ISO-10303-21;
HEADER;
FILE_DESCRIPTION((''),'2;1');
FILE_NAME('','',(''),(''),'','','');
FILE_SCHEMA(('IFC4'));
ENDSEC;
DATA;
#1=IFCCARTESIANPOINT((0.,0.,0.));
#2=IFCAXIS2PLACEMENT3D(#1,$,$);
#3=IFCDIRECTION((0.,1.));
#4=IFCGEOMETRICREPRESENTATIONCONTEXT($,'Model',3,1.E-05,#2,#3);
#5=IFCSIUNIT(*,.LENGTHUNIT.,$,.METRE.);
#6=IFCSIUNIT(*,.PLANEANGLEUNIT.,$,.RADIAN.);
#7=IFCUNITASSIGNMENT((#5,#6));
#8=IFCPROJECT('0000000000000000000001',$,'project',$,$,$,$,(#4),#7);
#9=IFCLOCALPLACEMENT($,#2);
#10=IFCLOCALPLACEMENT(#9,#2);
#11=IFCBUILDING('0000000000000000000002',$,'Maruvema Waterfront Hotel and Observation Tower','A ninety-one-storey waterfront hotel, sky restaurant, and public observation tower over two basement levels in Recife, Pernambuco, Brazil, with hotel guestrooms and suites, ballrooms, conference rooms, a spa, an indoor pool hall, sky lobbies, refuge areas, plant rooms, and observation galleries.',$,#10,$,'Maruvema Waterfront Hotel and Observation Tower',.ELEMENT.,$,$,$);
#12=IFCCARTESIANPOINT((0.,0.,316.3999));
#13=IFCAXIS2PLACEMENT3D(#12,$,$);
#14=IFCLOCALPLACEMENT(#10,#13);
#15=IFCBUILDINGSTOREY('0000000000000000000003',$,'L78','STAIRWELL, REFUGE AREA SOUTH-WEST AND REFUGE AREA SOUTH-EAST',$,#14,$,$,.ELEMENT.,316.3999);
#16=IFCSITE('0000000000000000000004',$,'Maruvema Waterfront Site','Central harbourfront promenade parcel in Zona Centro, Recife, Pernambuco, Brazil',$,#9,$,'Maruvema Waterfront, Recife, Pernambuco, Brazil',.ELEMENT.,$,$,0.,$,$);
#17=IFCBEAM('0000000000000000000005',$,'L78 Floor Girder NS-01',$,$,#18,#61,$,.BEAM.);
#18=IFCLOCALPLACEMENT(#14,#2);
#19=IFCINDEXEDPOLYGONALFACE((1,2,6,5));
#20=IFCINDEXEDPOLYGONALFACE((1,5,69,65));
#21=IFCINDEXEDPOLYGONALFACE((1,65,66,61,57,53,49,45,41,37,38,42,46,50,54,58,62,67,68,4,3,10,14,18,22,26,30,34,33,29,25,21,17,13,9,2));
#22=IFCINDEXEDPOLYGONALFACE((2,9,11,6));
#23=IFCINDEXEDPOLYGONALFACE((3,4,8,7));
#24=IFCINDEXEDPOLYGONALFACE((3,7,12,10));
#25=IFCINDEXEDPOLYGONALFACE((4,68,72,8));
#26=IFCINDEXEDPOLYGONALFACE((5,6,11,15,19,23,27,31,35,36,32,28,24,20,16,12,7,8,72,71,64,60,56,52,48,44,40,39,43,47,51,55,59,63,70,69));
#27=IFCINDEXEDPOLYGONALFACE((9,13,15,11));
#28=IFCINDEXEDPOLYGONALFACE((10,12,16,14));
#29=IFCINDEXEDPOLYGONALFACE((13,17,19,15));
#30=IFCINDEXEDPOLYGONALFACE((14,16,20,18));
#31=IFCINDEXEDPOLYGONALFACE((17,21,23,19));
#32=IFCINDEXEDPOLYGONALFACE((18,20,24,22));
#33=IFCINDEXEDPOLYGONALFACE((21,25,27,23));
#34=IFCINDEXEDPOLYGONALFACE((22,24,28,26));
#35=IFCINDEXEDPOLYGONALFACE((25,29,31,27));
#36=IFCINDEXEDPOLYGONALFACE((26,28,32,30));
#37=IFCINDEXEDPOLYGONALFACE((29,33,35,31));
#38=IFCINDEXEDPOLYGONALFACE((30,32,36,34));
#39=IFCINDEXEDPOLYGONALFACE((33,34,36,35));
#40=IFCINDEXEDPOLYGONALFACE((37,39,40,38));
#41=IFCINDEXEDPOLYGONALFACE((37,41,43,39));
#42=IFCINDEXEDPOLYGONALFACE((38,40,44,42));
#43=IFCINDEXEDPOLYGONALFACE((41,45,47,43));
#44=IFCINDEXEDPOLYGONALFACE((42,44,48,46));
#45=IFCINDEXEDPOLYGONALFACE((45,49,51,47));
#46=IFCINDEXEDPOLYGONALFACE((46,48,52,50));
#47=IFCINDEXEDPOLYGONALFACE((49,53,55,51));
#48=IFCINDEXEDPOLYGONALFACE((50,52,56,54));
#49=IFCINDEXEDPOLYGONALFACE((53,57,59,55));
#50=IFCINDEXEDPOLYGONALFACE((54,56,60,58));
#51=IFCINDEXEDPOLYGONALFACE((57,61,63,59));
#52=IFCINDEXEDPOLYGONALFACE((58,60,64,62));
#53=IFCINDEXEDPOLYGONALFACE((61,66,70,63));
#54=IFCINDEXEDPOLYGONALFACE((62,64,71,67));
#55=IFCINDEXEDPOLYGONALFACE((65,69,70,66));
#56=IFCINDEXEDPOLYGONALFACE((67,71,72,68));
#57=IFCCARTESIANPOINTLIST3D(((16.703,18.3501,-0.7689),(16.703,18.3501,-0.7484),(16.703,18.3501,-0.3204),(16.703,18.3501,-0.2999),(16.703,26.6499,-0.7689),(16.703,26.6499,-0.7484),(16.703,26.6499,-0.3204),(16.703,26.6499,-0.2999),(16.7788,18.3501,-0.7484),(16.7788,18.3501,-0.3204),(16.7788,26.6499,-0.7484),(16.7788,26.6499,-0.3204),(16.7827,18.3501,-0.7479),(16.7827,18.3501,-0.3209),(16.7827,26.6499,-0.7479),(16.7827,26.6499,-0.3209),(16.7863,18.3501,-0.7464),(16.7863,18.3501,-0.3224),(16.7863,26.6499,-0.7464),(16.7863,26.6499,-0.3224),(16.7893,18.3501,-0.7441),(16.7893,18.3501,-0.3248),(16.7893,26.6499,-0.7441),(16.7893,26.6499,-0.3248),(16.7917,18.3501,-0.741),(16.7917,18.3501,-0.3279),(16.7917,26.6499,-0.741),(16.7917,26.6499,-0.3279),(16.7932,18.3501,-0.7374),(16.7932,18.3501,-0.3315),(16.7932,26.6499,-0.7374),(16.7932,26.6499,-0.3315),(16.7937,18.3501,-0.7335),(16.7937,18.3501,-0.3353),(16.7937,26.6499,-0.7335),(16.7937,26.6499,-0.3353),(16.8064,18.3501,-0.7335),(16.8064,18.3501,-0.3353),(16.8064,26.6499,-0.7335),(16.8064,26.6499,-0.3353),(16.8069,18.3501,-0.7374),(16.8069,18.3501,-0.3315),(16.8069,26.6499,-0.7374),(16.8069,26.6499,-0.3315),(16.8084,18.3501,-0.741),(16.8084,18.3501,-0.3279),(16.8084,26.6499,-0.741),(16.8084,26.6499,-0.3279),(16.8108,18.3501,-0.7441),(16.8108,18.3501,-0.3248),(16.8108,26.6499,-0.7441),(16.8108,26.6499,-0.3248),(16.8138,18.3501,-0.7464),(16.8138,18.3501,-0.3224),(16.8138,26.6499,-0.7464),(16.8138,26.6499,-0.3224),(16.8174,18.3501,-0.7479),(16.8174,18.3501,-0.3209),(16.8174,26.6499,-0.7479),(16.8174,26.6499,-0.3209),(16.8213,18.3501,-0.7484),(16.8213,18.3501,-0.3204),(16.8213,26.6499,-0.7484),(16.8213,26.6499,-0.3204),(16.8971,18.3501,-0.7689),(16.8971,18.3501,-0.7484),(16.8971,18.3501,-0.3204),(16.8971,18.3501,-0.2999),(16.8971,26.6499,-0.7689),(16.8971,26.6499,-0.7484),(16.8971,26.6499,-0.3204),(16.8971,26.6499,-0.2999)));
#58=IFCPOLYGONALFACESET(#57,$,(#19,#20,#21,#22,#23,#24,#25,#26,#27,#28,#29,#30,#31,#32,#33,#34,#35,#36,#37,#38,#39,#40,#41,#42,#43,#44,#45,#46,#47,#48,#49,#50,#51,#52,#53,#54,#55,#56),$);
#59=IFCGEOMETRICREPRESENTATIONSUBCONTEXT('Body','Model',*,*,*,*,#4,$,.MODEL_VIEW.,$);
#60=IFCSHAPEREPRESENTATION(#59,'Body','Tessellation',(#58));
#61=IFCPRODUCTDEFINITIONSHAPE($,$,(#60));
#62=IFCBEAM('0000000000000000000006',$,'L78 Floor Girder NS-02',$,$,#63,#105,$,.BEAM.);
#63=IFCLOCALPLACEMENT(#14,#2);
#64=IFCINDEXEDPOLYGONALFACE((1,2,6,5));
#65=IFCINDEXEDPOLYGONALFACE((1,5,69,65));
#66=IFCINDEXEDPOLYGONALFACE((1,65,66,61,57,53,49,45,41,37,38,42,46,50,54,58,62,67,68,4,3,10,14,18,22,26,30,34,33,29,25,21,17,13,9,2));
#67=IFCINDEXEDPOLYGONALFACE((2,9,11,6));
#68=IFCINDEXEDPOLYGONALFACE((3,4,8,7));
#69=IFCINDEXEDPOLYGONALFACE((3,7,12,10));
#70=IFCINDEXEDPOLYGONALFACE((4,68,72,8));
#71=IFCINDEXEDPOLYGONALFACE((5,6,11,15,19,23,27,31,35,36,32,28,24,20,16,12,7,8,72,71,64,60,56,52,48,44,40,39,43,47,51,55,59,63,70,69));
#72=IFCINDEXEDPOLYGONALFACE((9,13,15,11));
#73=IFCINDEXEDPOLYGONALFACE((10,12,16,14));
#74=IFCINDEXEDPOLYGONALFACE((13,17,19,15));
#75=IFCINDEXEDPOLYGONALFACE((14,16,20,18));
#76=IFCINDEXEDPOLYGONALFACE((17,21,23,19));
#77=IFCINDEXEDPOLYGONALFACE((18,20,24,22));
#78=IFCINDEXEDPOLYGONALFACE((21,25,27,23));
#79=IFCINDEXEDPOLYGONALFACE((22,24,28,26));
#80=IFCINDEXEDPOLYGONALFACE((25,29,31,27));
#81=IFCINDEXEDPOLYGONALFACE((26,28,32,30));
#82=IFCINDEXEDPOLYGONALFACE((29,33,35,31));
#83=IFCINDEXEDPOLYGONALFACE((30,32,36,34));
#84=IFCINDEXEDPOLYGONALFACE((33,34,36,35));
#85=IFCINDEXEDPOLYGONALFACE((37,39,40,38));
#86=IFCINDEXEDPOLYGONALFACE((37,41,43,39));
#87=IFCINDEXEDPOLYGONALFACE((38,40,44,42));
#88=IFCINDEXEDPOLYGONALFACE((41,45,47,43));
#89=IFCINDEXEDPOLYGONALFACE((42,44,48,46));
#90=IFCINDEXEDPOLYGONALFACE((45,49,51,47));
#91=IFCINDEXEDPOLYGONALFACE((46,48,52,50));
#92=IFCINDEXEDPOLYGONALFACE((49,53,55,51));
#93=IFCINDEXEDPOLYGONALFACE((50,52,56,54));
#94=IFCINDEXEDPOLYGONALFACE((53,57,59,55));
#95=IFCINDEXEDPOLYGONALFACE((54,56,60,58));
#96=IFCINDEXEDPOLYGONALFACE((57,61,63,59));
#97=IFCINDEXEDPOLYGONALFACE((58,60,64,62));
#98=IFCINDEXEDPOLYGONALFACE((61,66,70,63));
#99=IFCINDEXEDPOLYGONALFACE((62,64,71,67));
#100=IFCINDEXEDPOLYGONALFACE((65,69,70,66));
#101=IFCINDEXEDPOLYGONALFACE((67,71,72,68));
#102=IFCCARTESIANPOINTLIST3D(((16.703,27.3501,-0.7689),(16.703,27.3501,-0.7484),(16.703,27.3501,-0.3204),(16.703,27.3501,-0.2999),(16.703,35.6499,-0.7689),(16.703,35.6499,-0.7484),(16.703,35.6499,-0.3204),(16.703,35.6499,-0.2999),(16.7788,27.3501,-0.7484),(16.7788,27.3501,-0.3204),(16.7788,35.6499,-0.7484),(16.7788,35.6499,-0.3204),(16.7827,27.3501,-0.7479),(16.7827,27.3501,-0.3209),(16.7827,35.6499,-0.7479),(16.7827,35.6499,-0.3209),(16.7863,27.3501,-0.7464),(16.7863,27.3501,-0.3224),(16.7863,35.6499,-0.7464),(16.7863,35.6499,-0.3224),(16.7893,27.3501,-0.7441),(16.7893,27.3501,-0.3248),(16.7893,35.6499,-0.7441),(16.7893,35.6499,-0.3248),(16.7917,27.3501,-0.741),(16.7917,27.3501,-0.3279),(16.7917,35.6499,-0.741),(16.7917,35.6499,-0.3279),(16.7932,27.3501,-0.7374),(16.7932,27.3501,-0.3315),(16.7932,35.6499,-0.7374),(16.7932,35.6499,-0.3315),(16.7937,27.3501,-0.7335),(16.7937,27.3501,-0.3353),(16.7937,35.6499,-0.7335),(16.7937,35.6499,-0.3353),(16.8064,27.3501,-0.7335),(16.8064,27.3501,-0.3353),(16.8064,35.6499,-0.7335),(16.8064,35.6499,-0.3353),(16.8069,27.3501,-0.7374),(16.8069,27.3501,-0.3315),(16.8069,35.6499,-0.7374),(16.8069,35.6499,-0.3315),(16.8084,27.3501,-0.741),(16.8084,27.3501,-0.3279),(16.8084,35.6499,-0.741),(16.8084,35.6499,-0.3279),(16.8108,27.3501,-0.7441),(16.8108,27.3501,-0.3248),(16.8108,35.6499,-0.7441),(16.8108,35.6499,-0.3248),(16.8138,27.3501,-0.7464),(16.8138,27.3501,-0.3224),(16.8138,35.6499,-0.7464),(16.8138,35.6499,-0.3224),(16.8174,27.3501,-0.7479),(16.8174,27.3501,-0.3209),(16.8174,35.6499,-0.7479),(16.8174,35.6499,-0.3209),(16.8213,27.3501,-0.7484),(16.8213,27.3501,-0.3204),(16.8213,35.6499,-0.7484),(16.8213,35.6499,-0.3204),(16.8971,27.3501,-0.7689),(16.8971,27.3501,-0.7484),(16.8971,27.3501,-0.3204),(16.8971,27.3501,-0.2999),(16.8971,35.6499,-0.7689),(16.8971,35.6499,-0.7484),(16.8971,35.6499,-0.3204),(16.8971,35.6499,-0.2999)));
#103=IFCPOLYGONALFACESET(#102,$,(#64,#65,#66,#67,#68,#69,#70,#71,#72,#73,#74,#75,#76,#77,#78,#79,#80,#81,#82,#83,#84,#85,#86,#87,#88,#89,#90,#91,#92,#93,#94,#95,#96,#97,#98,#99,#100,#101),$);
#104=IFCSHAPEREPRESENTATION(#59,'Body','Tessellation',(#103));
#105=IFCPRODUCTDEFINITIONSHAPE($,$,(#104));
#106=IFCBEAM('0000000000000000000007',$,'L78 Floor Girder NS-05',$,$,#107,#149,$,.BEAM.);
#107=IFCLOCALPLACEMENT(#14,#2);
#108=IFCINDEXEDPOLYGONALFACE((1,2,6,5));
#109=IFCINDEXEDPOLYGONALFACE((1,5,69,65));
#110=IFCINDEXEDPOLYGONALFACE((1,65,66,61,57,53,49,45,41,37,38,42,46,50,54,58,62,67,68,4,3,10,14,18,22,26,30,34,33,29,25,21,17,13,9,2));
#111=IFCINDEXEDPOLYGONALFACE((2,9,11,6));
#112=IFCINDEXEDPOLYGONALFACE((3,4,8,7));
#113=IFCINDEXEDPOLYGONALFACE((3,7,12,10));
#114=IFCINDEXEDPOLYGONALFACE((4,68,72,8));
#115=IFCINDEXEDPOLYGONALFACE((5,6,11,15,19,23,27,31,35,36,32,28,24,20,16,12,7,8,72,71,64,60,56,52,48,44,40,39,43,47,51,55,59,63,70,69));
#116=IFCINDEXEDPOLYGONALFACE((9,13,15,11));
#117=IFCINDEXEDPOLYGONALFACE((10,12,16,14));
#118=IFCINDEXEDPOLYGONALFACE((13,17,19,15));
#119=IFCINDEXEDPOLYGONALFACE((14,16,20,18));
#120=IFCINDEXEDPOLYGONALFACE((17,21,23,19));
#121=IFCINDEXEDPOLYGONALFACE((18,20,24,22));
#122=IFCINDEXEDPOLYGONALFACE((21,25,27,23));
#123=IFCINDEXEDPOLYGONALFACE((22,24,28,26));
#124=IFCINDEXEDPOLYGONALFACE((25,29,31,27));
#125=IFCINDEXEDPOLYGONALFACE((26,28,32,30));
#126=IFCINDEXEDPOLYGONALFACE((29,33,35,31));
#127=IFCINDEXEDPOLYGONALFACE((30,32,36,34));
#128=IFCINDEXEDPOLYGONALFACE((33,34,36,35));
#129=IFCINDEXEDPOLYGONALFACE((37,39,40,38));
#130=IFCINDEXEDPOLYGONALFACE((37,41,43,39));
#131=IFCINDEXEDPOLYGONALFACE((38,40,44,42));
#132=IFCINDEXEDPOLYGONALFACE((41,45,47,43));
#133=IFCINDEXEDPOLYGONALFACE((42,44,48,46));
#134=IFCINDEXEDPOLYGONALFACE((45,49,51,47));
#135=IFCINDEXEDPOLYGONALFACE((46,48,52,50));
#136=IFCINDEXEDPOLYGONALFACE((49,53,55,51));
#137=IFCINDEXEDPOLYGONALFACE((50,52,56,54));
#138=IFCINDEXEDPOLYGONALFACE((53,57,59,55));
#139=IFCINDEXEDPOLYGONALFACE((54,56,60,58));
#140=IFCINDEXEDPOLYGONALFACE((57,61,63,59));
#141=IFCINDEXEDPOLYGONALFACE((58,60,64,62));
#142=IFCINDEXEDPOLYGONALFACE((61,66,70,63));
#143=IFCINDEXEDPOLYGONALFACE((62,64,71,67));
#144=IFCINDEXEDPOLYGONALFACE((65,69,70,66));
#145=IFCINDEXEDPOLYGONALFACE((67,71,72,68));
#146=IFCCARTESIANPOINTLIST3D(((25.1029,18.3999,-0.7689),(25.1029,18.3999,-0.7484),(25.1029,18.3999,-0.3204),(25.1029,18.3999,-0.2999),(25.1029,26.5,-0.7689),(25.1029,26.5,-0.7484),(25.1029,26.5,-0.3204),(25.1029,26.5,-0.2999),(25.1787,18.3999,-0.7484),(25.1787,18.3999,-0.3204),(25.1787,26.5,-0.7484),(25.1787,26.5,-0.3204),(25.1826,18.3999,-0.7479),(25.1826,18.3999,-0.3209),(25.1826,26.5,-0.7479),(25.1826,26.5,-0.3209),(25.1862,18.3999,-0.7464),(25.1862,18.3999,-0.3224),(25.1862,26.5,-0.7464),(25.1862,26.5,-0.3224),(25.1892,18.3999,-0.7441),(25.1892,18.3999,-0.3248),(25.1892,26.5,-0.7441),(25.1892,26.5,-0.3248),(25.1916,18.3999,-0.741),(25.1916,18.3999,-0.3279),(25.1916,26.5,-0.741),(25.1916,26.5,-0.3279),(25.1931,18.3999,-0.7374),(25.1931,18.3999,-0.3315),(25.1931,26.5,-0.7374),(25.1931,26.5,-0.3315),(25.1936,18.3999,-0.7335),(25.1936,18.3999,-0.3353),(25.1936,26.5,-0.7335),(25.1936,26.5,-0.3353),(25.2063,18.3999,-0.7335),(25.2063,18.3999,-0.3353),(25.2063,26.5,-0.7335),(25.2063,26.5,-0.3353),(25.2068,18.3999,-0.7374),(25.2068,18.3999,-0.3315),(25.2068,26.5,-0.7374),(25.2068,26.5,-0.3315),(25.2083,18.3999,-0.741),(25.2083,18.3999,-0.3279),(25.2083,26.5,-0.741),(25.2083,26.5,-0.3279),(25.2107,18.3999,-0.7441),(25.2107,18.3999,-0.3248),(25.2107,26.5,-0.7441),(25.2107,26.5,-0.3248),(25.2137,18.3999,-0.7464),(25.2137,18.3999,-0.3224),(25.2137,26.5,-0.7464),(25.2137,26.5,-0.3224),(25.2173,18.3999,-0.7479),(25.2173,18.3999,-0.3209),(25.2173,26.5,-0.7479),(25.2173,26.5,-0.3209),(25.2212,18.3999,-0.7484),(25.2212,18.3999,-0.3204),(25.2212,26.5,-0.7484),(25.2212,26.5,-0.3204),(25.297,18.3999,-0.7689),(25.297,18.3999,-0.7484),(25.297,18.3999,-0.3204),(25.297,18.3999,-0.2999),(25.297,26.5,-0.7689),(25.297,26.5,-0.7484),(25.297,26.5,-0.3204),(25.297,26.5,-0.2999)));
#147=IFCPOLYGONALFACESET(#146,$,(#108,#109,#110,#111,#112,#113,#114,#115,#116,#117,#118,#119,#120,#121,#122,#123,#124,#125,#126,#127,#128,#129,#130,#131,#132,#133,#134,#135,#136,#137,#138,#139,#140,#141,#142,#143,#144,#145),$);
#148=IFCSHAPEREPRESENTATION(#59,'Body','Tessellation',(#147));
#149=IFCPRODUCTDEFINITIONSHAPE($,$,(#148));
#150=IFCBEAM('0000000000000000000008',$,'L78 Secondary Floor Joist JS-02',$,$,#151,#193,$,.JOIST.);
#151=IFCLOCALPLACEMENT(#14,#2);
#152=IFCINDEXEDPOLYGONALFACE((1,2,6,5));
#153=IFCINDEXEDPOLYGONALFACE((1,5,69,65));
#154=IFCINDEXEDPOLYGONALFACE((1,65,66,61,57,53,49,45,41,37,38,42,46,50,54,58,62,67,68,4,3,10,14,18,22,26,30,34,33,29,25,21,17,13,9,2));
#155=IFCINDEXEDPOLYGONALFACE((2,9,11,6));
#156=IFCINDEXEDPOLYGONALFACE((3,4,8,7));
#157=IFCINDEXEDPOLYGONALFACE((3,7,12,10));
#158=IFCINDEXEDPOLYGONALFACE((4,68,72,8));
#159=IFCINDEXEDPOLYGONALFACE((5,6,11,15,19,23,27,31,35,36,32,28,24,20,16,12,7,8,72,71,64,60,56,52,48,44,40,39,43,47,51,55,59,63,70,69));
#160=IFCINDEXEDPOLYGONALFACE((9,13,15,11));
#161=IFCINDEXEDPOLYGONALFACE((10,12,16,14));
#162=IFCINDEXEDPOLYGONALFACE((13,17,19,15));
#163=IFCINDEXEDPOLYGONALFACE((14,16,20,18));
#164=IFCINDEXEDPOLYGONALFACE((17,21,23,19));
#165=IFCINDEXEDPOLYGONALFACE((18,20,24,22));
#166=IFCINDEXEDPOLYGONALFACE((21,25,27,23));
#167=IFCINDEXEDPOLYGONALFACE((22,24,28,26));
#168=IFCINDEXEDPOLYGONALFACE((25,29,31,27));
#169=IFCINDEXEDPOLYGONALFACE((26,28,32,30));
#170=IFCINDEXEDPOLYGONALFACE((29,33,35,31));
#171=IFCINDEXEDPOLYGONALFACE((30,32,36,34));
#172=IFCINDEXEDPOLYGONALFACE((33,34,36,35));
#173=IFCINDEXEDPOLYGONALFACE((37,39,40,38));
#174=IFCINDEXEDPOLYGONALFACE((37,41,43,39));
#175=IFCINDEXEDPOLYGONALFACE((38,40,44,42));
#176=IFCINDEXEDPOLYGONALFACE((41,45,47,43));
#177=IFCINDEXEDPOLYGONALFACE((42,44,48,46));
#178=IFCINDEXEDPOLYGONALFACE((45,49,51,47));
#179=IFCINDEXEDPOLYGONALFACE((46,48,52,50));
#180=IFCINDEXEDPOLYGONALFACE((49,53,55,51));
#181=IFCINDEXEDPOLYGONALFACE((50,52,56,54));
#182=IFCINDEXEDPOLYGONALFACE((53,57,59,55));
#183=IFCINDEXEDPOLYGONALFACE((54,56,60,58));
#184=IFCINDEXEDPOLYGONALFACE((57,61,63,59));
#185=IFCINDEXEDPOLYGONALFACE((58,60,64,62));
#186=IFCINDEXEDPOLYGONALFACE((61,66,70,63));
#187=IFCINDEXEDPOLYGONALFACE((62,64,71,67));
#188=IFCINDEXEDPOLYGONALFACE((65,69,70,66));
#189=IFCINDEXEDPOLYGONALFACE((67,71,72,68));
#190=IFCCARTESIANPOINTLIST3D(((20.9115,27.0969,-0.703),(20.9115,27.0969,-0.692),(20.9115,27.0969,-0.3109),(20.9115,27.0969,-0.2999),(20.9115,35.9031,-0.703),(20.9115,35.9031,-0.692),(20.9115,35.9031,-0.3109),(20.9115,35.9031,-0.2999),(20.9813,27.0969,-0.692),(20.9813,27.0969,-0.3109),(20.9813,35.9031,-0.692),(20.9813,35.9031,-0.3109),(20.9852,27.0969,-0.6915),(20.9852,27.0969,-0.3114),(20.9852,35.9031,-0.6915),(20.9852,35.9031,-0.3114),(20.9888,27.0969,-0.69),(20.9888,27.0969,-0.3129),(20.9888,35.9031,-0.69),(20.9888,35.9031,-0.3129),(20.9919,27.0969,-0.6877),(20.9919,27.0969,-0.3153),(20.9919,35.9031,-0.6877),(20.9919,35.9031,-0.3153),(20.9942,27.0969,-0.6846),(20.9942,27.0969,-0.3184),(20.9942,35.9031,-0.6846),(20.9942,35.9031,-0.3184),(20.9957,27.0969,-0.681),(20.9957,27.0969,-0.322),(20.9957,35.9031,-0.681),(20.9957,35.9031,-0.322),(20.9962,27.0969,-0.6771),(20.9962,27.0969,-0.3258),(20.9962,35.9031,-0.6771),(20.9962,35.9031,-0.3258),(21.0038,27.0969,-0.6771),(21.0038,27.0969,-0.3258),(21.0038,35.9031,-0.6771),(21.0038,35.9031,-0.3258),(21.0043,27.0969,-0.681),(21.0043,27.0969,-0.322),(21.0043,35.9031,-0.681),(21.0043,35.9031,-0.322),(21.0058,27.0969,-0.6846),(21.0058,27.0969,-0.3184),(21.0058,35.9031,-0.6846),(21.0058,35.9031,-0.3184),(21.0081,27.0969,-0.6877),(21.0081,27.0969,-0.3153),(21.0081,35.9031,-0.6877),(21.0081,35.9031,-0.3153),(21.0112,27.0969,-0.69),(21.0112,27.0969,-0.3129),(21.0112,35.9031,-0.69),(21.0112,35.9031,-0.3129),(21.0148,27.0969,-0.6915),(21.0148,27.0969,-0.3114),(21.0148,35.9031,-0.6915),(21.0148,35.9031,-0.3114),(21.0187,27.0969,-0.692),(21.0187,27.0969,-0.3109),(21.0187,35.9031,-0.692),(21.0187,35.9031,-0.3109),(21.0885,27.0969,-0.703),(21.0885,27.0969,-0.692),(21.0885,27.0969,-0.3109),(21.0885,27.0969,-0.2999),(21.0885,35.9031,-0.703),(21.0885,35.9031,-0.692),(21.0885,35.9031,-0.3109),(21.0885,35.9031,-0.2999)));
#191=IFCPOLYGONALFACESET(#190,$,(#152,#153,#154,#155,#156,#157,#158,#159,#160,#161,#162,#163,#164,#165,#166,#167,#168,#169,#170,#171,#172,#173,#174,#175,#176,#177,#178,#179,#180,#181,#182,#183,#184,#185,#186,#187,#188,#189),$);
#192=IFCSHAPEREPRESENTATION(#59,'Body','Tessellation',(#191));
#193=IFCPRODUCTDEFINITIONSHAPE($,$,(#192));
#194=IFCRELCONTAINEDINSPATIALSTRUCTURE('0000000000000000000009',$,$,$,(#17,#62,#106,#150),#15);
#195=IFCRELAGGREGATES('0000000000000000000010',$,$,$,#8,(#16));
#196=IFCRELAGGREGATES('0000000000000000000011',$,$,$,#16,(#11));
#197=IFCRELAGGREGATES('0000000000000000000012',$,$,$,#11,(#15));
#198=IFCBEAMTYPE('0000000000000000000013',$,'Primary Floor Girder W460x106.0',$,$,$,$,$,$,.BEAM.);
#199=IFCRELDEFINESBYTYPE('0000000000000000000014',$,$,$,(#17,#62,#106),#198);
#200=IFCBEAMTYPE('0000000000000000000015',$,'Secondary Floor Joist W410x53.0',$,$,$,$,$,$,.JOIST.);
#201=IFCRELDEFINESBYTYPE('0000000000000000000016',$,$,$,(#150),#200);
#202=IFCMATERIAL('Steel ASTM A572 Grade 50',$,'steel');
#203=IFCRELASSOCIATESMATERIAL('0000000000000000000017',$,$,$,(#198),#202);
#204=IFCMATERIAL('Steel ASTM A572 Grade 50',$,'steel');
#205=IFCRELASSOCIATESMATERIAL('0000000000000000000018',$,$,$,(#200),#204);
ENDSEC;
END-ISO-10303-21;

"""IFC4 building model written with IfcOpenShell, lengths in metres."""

from ifc_helpers import new_model, si_unit, direction, frame, origin, origin_2d, place, context, subcontext, project, spatial, i_section, extrude, material, material_profile, profile_set, type_object, element, save


model = new_model("IFC4")

# Units and contexts
model_context = context("Model", 3, precision=1e-05, world=origin(), true_north=direction((0.0, 1.0)))
body_context = subcontext(model_context, "Body", "Model", "MODEL_VIEW")
ifc_project = project(units=[si_unit("LENGTHUNIT", "METRE"), si_unit("PLANEANGLEUNIT", "RADIAN")], contexts=[model_context])

# Site, building, storey
site_placement = place(None, origin())
site = spatial("IfcSite", under=ifc_project, at=site_placement, Name="Maruvema Waterfront Site", Description="Central harbourfront promenade parcel in Zona Centro, Recife, Pernambuco, Brazil", LongName="Maruvema Waterfront, Recife, Pernambuco, Brazil", CompositionType="ELEMENT", RefElevation=0.0)
building_placement = place(site_placement, origin())
building = spatial("IfcBuilding", under=site, at=building_placement, Name="Maruvema Waterfront Hotel and Observation Tower", Description="A ninety-one-storey waterfront hotel, sky restaurant, and public observation tower over two basement levels in Recife, Pernambuco, Brazil, with hotel guestrooms and suites, ballrooms, conference rooms, a spa, an indoor pool hall, sky lobbies, refuge areas, plant rooms, and observation galleries.", LongName="Maruvema Waterfront Hotel and Observation Tower", CompositionType="ELEMENT")
storey_placement = place(building_placement, frame((0.0, 0.0, 316.3999)))
storey = spatial("IfcBuildingStorey", under=building, at=storey_placement, Name="L78", Description="STAIRWELL, REFUGE AREA SOUTH-WEST AND REFUGE AREA SOUTH-EAST", CompositionType="ELEMENT", Elevation=316.3999)

# Beams
ifc_material_1 = material(Name="Steel ASTM A572 Grade 50", Category="steel")
ifc_material_profile_1 = material_profile(ifc_material_1, i_section(OverallWidth=0.1941, OverallDepth=0.469, WebThickness=0.0127, FlangeThickness=0.0205, FilletRadius=0.0149, at=origin_2d()), Name="W460x106.0")
ifc_profile_set_1 = profile_set([ifc_material_profile_1], Name="Steel ASTM A572 Grade 50")
beam_type_1 = type_object("IfcBeamType", Name="Primary Floor Girder W460x106.0", PredefinedType="BEAM", material=ifc_profile_set_1)
for number, where, z_axis, x_axis, name in (
    (1, (16.8, 18.3501, -0.5344), (0.0, 1.0, 0.0), (-1.0, 0.0, 0.0), "L78 Floor Girder NS-01"),
    (2, (16.8, 27.3501, -0.5344), (0.0, 1.0, 0.0), (-1.0, 0.0, 0.0), "L78 Floor Girder NS-02"),
):
    element("IfcBeam", number, at=place(storey_placement, frame(where, z_axis=z_axis, x_axis=x_axis)), inside=storey, type_object=beam_type_1, Name=name, PredefinedType="BEAM", context=body_context, shape_type="SweptSolid", body=[
        extrude(i_section(OverallWidth=0.1941, OverallDepth=0.469, WebThickness=0.0127, FlangeThickness=0.0205, FilletRadius=0.0149, at=origin_2d()), origin(), (0.0, 0.0, 1.0), 8.2998),
    ])
beam_1_placement = place(storey_placement, frame((25.2, 18.3999, -0.5344), z_axis=(0.0, 1.0, 0.0), x_axis=(-1.0, 0.0, 0.0)))
element("IfcBeam", 3, at=beam_1_placement, inside=storey, type_object=beam_type_1, Name="L78 Floor Girder NS-05", PredefinedType="BEAM", context=body_context, shape_type="SweptSolid", body=[
    extrude(i_section(OverallWidth=0.1941, OverallDepth=0.469, WebThickness=0.0127, FlangeThickness=0.0205, FilletRadius=0.0149, at=origin_2d()), origin(), (0.0, 0.0, 1.0), 8.1001),
])
ifc_material_2 = material(Name="Steel ASTM A572 Grade 50", Category="steel")
ifc_material_profile_2 = material_profile(ifc_material_2, i_section(OverallWidth=0.177, OverallDepth=0.4031, WebThickness=0.0076, FlangeThickness=0.011, FilletRadius=0.0149, at=origin_2d()), Name="W410x53.0")
ifc_profile_set_2 = profile_set([ifc_material_profile_2], Name="Steel ASTM A572 Grade 50")
beam_type_2 = type_object("IfcBeamType", Name="Secondary Floor Joist W410x53.0", PredefinedType="JOIST", material=ifc_profile_set_2)
beam_2_placement = place(storey_placement, frame((21.0, 27.0969, -0.5015), z_axis=(0.0, 1.0, 0.0), x_axis=(-1.0, 0.0, 0.0)))
element("IfcBeam", 4, at=beam_2_placement, inside=storey, type_object=beam_type_2, Name="L78 Secondary Floor Joist JS-02", PredefinedType="JOIST", context=body_context, shape_type="SweptSolid", body=[
    extrude(i_section(OverallWidth=0.177, OverallDepth=0.4031, WebThickness=0.0076, FlangeThickness=0.011, FilletRadius=0.0149, at=origin_2d()), origin(), (0.0, 0.0, 1.0), 8.8062),
])

save(model, "model.ifc")
